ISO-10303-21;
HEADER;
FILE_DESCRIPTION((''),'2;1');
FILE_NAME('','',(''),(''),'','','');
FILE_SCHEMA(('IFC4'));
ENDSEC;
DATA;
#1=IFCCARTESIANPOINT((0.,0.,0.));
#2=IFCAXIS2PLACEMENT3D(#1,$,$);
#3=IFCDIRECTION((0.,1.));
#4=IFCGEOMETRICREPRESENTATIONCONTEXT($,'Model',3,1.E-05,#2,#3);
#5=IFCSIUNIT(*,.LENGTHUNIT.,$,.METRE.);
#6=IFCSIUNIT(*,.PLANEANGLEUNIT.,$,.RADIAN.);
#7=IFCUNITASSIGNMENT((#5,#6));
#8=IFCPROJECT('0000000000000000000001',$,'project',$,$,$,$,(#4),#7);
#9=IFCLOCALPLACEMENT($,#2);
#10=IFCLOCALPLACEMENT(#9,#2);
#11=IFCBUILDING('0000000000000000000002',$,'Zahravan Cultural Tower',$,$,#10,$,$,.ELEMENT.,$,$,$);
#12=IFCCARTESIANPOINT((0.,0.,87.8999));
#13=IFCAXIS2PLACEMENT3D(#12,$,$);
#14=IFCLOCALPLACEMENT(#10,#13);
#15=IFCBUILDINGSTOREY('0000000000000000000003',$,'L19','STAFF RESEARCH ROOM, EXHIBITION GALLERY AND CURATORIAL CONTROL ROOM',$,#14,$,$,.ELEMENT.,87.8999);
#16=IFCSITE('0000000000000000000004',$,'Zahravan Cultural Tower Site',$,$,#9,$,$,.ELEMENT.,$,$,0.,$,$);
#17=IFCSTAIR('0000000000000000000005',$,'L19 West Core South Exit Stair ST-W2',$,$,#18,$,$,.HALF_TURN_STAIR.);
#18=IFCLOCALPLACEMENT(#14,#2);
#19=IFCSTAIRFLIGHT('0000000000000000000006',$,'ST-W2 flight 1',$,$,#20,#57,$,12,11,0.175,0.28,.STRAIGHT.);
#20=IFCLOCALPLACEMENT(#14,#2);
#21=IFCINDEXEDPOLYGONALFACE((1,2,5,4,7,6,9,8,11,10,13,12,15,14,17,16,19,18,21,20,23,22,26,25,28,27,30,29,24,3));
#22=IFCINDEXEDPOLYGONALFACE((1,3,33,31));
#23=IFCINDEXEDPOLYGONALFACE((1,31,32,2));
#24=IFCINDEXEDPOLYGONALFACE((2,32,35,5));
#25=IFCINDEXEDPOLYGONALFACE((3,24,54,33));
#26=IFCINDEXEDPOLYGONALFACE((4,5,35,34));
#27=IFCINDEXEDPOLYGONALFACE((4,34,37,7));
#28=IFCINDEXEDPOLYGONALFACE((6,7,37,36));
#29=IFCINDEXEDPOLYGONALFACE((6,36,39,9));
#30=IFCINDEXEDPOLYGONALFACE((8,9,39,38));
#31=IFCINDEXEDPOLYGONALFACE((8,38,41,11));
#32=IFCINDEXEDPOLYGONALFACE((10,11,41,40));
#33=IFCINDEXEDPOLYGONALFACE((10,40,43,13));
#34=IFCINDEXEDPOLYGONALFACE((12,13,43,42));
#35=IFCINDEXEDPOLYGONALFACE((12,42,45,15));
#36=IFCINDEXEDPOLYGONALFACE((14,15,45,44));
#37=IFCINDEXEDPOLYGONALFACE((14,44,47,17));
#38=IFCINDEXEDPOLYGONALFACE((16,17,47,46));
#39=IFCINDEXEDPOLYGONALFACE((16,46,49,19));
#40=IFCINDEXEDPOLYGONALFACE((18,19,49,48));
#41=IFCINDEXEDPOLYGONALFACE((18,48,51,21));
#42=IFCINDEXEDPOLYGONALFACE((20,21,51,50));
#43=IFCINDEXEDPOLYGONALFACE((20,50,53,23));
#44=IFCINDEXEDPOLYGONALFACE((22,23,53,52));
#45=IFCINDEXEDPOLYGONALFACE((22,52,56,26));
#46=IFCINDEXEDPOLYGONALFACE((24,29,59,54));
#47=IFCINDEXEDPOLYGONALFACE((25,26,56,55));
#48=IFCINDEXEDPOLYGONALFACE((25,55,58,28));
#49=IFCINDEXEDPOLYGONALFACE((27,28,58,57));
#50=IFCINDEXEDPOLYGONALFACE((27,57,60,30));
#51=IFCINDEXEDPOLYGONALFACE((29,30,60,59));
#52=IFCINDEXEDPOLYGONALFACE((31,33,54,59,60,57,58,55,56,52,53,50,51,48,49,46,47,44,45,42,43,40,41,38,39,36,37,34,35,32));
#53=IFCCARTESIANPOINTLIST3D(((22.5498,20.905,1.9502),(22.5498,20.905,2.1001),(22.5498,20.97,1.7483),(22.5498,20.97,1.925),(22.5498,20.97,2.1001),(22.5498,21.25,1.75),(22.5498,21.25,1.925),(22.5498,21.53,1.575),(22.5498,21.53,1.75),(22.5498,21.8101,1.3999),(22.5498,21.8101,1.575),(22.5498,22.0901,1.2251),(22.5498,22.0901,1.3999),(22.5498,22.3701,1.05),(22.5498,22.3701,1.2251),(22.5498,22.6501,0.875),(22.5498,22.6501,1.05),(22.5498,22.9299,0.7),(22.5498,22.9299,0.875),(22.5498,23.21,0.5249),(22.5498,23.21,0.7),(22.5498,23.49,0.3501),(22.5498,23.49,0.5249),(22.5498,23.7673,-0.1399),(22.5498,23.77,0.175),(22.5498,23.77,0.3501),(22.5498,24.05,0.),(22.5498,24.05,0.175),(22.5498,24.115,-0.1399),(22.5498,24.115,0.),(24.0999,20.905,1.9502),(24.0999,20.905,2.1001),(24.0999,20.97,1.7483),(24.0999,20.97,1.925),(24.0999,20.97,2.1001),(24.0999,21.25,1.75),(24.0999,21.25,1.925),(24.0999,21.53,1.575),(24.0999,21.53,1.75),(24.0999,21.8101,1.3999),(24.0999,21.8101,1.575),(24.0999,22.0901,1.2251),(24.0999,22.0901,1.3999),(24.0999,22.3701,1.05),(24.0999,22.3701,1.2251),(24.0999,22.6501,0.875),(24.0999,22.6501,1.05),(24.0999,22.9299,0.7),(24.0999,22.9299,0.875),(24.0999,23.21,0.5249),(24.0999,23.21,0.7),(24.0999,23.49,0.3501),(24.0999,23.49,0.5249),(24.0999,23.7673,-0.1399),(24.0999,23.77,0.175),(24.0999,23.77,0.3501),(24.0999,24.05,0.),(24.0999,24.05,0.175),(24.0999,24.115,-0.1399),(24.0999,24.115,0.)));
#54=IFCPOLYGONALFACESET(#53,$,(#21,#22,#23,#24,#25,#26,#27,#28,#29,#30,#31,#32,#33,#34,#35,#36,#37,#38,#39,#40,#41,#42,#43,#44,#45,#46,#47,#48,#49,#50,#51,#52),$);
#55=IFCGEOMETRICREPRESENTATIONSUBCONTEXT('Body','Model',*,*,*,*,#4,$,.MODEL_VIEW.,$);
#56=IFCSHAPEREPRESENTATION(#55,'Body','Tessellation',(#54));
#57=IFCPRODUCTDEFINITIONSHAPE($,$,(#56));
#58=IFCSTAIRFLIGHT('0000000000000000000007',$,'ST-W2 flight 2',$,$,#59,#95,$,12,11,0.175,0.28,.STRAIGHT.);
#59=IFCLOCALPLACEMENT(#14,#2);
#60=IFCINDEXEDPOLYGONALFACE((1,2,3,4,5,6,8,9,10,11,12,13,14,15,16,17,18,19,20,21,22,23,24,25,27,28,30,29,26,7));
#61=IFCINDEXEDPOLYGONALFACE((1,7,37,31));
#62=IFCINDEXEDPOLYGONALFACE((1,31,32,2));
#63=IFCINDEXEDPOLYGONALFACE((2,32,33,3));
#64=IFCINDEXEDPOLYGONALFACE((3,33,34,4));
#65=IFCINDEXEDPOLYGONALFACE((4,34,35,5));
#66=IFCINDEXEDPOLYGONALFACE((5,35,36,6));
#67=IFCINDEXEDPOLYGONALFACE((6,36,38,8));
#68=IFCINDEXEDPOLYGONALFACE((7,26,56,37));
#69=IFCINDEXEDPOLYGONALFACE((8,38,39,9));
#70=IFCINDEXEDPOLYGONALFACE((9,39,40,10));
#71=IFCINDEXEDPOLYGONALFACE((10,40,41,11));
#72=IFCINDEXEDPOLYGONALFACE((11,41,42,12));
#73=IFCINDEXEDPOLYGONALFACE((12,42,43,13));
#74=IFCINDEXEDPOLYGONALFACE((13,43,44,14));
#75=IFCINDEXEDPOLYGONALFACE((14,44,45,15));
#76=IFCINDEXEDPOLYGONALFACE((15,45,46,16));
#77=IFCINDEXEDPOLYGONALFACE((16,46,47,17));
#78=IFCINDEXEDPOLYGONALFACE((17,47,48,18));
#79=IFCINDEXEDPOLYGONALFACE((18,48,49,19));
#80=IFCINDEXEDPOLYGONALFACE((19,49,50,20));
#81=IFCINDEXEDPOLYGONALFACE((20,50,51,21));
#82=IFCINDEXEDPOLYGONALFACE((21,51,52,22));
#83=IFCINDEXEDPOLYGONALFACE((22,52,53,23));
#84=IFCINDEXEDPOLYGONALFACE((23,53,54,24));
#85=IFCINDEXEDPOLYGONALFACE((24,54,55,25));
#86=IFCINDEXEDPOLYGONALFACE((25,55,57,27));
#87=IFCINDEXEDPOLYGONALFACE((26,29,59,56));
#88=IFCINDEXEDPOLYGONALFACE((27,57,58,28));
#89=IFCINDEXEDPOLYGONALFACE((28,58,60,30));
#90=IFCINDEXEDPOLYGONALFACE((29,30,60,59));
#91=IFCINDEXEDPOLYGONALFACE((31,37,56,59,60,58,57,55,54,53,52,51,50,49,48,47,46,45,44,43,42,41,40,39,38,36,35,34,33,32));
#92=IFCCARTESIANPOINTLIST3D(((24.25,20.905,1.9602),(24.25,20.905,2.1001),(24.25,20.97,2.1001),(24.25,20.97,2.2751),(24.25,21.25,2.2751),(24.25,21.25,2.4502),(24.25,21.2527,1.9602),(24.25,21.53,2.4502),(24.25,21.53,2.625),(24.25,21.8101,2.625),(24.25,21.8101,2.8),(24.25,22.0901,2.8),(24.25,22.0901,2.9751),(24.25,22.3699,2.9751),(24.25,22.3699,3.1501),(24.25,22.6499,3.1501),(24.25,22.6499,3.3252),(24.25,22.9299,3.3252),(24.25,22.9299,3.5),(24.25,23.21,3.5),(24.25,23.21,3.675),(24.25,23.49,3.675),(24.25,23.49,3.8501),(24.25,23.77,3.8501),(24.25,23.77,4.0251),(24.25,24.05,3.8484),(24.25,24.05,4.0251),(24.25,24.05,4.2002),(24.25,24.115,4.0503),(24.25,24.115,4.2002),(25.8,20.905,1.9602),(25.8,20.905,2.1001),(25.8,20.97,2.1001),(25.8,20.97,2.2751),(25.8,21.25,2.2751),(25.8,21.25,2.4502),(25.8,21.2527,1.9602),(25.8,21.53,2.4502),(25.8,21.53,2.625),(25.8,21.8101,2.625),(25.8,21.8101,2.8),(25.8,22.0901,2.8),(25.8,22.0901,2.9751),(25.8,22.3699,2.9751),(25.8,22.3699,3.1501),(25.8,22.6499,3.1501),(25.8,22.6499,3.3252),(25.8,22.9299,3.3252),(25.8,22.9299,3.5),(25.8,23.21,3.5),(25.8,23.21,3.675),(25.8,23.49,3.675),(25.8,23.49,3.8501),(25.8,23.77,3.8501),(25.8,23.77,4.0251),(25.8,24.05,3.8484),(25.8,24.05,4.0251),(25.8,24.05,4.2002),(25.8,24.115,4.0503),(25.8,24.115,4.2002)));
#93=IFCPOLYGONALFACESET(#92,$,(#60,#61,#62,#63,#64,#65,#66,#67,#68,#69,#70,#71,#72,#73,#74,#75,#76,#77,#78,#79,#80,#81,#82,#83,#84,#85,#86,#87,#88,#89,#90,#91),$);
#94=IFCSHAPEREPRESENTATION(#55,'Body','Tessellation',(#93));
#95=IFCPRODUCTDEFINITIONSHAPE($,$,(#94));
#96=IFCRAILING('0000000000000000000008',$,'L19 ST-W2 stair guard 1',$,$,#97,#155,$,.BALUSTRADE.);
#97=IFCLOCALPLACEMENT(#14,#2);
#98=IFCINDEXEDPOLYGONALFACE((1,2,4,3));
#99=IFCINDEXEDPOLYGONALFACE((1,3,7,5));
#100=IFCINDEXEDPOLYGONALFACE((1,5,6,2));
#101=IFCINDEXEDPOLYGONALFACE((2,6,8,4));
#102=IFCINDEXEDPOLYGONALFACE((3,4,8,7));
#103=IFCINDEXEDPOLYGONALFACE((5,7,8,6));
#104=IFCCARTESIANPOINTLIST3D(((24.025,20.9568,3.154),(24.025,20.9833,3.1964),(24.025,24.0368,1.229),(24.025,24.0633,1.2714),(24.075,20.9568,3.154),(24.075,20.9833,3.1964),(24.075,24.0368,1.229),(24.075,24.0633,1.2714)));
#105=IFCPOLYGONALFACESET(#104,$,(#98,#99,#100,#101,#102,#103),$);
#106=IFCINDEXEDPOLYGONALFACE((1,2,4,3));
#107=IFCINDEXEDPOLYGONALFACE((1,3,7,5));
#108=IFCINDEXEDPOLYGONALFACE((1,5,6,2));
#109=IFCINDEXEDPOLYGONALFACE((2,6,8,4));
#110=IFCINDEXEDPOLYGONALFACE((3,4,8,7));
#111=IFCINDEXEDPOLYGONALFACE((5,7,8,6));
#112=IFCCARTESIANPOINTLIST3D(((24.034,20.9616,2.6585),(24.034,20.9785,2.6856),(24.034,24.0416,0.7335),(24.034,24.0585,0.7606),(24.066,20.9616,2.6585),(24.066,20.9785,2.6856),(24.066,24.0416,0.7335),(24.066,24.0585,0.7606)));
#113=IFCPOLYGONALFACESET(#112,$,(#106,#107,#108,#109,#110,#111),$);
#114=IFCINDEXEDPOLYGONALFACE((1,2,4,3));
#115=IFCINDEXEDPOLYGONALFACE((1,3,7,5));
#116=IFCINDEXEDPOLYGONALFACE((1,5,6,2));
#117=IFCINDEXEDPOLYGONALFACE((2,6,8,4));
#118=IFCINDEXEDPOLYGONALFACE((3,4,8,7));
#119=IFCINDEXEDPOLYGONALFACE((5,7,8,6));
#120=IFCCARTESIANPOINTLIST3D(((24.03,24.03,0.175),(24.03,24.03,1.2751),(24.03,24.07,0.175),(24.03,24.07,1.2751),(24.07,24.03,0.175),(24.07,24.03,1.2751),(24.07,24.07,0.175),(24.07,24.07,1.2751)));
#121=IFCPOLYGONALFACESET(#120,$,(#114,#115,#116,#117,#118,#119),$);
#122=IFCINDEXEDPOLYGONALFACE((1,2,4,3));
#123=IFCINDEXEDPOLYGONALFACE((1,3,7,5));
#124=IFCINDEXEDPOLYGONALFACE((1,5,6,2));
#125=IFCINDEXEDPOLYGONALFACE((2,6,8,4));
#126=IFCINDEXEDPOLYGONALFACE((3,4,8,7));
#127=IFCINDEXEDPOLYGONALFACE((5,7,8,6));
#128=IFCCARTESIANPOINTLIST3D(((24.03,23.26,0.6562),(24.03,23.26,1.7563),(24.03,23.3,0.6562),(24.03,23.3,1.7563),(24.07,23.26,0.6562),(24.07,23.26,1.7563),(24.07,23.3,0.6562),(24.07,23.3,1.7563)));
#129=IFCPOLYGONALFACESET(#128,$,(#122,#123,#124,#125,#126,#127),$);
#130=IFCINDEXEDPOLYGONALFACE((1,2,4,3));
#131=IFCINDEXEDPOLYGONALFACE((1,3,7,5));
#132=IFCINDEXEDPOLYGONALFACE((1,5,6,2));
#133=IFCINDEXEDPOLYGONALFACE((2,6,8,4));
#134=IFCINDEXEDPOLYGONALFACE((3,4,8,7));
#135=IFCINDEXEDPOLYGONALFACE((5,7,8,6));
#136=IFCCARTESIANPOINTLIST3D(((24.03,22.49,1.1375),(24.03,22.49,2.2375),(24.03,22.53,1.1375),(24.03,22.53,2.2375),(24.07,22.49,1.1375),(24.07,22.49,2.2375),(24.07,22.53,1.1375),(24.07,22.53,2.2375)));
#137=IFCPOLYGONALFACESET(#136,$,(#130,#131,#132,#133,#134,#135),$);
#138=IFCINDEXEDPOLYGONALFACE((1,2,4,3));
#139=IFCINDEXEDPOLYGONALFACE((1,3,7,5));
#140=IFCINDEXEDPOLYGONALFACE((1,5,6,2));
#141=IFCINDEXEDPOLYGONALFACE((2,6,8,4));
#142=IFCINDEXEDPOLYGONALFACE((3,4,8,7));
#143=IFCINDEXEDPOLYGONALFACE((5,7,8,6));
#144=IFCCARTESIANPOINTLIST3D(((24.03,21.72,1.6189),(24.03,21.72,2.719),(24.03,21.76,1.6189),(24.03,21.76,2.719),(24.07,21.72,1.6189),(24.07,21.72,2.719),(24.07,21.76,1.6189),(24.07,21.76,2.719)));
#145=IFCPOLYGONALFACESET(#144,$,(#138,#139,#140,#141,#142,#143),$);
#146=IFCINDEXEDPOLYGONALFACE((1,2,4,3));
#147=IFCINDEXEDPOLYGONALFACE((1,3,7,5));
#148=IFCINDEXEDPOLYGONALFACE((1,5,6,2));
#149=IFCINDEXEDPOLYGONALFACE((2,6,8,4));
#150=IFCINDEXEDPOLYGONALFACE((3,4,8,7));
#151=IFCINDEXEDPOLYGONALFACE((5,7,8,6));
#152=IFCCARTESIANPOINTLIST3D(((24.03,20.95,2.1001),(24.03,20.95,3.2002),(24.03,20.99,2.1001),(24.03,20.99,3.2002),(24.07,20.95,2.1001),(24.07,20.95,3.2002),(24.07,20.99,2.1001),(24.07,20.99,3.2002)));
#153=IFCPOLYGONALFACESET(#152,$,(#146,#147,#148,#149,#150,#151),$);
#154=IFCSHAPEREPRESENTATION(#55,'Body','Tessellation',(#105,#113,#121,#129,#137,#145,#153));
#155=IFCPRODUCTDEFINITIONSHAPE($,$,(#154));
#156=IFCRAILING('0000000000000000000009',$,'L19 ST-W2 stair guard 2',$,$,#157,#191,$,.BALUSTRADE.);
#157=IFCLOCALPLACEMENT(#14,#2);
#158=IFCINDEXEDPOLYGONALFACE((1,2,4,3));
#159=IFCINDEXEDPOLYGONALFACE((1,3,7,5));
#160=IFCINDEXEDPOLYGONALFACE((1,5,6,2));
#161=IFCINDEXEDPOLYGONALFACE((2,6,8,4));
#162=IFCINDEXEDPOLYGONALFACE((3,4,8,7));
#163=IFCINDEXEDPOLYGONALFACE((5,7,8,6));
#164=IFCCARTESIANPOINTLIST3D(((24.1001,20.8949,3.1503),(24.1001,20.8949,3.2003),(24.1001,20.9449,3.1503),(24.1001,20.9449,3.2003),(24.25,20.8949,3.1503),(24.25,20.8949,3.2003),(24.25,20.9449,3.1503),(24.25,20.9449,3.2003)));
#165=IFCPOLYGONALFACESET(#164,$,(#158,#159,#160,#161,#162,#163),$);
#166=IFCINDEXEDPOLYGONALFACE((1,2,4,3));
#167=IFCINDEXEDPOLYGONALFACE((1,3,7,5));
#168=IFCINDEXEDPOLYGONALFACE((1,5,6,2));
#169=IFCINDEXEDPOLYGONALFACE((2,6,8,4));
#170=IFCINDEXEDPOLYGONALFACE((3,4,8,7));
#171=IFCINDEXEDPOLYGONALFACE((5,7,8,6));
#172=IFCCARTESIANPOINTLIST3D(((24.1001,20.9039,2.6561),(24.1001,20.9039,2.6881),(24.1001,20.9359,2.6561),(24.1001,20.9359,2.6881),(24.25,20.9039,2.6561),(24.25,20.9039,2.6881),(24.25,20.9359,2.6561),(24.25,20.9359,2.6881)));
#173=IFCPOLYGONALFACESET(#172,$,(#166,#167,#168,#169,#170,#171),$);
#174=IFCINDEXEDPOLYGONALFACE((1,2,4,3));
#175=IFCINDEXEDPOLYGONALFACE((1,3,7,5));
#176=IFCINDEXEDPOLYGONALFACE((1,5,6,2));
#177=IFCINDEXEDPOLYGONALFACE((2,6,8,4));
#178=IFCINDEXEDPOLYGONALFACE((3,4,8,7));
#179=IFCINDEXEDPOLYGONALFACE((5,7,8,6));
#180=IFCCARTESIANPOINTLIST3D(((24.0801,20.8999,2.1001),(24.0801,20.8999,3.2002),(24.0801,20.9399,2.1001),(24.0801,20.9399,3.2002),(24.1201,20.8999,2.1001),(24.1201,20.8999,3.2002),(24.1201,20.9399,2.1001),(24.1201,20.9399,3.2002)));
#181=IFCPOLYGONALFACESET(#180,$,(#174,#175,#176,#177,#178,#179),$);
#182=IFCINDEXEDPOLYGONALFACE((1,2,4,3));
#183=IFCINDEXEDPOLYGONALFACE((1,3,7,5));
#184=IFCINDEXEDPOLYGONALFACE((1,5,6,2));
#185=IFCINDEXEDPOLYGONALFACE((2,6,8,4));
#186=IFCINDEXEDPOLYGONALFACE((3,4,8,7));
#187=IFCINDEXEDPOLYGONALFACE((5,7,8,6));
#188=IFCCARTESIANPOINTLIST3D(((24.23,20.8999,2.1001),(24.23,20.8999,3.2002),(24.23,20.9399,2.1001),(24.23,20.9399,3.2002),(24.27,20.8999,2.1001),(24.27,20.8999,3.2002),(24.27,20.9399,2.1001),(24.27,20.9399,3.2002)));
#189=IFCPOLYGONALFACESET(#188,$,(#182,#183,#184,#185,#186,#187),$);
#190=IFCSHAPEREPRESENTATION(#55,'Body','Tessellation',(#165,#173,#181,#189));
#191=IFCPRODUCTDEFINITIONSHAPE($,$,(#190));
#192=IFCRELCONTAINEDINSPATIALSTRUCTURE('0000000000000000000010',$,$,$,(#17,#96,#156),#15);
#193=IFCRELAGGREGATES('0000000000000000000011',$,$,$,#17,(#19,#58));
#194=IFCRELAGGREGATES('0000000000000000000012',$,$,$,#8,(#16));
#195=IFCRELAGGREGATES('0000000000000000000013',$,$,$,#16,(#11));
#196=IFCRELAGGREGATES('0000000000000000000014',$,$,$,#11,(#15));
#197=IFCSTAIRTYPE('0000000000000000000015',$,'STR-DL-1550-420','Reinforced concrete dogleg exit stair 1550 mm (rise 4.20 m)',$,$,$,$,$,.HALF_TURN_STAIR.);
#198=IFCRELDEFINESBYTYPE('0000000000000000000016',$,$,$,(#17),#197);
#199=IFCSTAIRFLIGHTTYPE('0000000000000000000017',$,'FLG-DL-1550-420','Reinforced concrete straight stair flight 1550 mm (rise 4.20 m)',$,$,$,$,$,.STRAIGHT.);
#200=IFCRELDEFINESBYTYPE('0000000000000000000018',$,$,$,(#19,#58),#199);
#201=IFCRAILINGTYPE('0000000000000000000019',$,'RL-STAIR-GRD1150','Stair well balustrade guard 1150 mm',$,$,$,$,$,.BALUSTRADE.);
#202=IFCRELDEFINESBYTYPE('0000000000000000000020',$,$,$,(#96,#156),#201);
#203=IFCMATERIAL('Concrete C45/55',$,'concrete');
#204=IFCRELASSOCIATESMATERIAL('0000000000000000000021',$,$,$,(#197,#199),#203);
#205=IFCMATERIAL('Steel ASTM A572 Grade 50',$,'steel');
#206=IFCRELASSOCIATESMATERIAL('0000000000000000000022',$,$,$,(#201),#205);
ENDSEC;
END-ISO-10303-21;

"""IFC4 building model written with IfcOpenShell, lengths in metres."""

from ifc_helpers import new_model, si_unit, direction, frame, origin, origin_2d, place, context, subcontext, project, spatial, polyline, rectangle, outline, extrude, material, type_object, element, aggregate, save


model = new_model("IFC4")

# Units and contexts
model_context = context("Model", 3, precision=1e-05, world=origin(), true_north=direction((0.0, 1.0)))
body_context = subcontext(model_context, "Body", "Model", "MODEL_VIEW")
ifc_project = project(units=[si_unit("LENGTHUNIT", "METRE"), si_unit("PLANEANGLEUNIT", "RADIAN")], contexts=[model_context])

# Site, building, storey
site_placement = place(None, origin())
site = spatial("IfcSite", under=ifc_project, at=site_placement, Name="Zahravan Cultural Tower Site", CompositionType="ELEMENT", RefElevation=0.0)
building_placement = place(site_placement, origin())
building = spatial("IfcBuilding", under=site, at=building_placement, Name="Zahravan Cultural Tower", CompositionType="ELEMENT")
storey_placement = place(building_placement, frame((0.0, 0.0, 87.8999)))
storey = spatial("IfcBuildingStorey", under=building, at=storey_placement, Name="L19", Description="STAFF RESEARCH ROOM, EXHIBITION GALLERY AND CURATORIAL CONTROL ROOM", CompositionType="ELEMENT", Elevation=87.8999)

# Shared definitions
ifc_material_1 = material(Name="Concrete C45/55", Category="concrete")
ifc_material_2 = material(Name="Steel ASTM A572 Grade 50", Category="steel")

# Stair, stair flights
stair_type = type_object("IfcStairType", Name="STR-DL-1550-420", Description="Reinforced concrete dogleg exit stair 1550 mm (rise 4.20 m)", PredefinedType="HALF_TURN_STAIR", material=ifc_material_1)
stair_placement = place(storey_placement, origin())
stair = element("IfcStair", 1, at=stair_placement, inside=storey, type_object=stair_type, Name="L19 West Core South Exit Stair ST-W2", PredefinedType="HALF_TURN_STAIR")
stair_flight_type = type_object("IfcStairFlightType", Name="FLG-DL-1550-420", Description="Reinforced concrete straight stair flight 1550 mm (rise 4.20 m)", PredefinedType="STRAIGHT", material=ifc_material_1)
stair_flight_1_placement = place(storey_placement, frame((23.325, 24.05, 0.0), z_axis=(0.0, 0.0, 1.0), x_axis=(0.0, -1.0, 0.0)))
stair_flight_1 = element("IfcStairFlight", 2, at=stair_flight_1_placement, type_object=stair_flight_type, Name="ST-W2 flight 1", NumberOfRisers=12, NumberOfTreads=11, PredefinedType="STRAIGHT", RiserHeight=0.175, TreadLength=0.28, context=body_context, shape_type="SweptSolid", body=[
    extrude(outline(polyline([(-0.0649, -0.1399), (-0.0649, 0.0), (0.0, 0.0), (0.0, 0.175), (0.28, 0.175), (0.28, 0.3501), (0.5601, 0.3501), (0.5601, 0.5249), (0.8401, 0.5249), (0.8401, 0.7), (1.1201, 0.7), (1.1201, 0.875), (1.3999, 0.875), (1.3999, 1.05), (1.6799, 1.05), (1.6799, 1.2251), (1.96, 1.2251), (1.96, 1.3999), (2.24, 1.3999), (2.24, 1.575), (2.52, 1.575), (2.52, 1.75), (2.8, 1.75), (2.8, 1.925), (3.0801, 1.925), (3.0801, 2.1001), (3.145, 2.1001), (3.145, 1.9502), (3.0801, 1.7483), (0.2827, -0.1399), (-0.0649, -0.1399)])), frame((0.0, 0.7749, 0.0), z_axis=(0.0, -1.0, 0.0), x_axis=(1.0, 0.0, 0.0)), (0.0, 0.0, 1.0), 1.55),
])
stair_flight_2_placement = place(storey_placement, frame((25.0249, 20.97, 2.1001), z_axis=(0.0, 0.0, 1.0), x_axis=(0.0, 1.0, 0.0)))
stair_flight_2 = element("IfcStairFlight", 3, at=stair_flight_2_placement, type_object=stair_flight_type, Name="ST-W2 flight 2", NumberOfRisers=12, NumberOfTreads=11, PredefinedType="STRAIGHT", RiserHeight=0.175, TreadLength=0.28, context=body_context, shape_type="SweptSolid", body=[
    extrude(outline(polyline([(-0.0649, -0.1399), (-0.0649, 0.0), (0.0, 0.0), (0.0, 0.175), (0.28, 0.175), (0.28, 0.3501), (0.5601, 0.3501), (0.5601, 0.5249), (0.8401, 0.5249), (0.8401, 0.7), (1.1201, 0.7), (1.1201, 0.875), (1.3999, 0.875), (1.3999, 1.05), (1.6799, 1.05), (1.6799, 1.2251), (1.96, 1.2251), (1.96, 1.3999), (2.24, 1.3999), (2.24, 1.575), (2.52, 1.575), (2.52, 1.75), (2.8, 1.75), (2.8, 1.925), (3.0801, 1.925), (3.0801, 2.1001), (3.145, 2.1001), (3.145, 1.9502), (3.0801, 1.7483), (0.2827, -0.1399), (-0.0649, -0.1399)])), frame((0.0, 0.7749, 0.0), z_axis=(0.0, -1.0, 0.0), x_axis=(1.0, 0.0, 0.0)), (0.0, 0.0, 1.0), 1.55),
])
aggregate(stair, [stair_flight_1, stair_flight_2])

# Railings
railing_type_1 = type_object("IfcRailingType", Name="RL-STAIR-GRD1150", Description="Stair well balustrade guard 1150 mm", PredefinedType="BALUSTRADE", material=ifc_material_2)
railing_1_placement = place(storey_placement, frame((24.05, 24.05, 0.175)))
element("IfcRailing", 4, at=railing_1_placement, inside=storey, type_object=railing_type_1, Name="L19 ST-W2 stair guard 1", PredefinedType="BALUSTRADE", context=body_context, shape_type="SweptSolid", body=[
    extrude(rectangle(XDim=0.05, YDim=0.05, at=origin_2d()), frame((0.0, 0.0, 1.0752), z_axis=(0.0, -0.847998, 0.529999), x_axis=(1.0, 0.0, 0.0)), (0.0, 0.0, 1.0), 3.6321),
    extrude(rectangle(XDim=0.032, YDim=0.032, at=origin_2d()), frame((0.0, 0.0, 0.572), z_axis=(0.0, -0.847998, 0.529999), x_axis=(1.0, 0.0, 0.0)), (0.0, 0.0, 1.0), 3.6321),
    extrude(rectangle(XDim=0.04, YDim=0.04, at=origin_2d()), origin(), (0.0, 0.0, 1.0), 1.1001),
    extrude(rectangle(XDim=0.04, YDim=0.04, at=origin_2d()), frame((0.0, -0.77, 0.4812)), (0.0, 0.0, 1.0), 1.1001),
    extrude(rectangle(XDim=0.04, YDim=0.04, at=origin_2d()), frame((0.0, -1.54, 0.9624)), (0.0, 0.0, 1.0), 1.1001),
    extrude(rectangle(XDim=0.04, YDim=0.04, at=origin_2d()), frame((0.0, -2.3101, 1.4438)), (0.0, 0.0, 1.0), 1.1001),
    extrude(rectangle(XDim=0.04, YDim=0.04, at=origin_2d()), frame((0.0, -3.0801, 1.925)), (0.0, 0.0, 1.0), 1.1001),
])
railing_2_placement = place(storey_placement, frame((24.1001, 20.9199, 2.1001)))
element("IfcRailing", 5, at=railing_2_placement, inside=storey, type_object=railing_type_1, Name="L19 ST-W2 stair guard 2", PredefinedType="BALUSTRADE", context=body_context, shape_type="SweptSolid", body=[
    extrude(rectangle(XDim=0.05, YDim=0.05, at=origin_2d()), frame((0.0, 0.0, 1.0752), z_axis=(1.0, 0.0, 0.0), x_axis=(0.0, 1.0, 0.0)), (0.0, 0.0, 1.0), 0.1499),
    extrude(rectangle(XDim=0.032, YDim=0.032, at=origin_2d()), frame((0.0, 0.0, 0.572), z_axis=(1.0, 0.0, 0.0), x_axis=(0.0, 1.0, 0.0)), (0.0, 0.0, 1.0), 0.1499),
    extrude(rectangle(XDim=0.04, YDim=0.04, at=origin_2d()), origin(), (0.0, 0.0, 1.0), 1.1001),
    extrude(rectangle(XDim=0.04, YDim=0.04, at=origin_2d()), frame((0.1499, 0.0, 0.0)), (0.0, 0.0, 1.0), 1.1001),
])

save(model, "model.ifc")
